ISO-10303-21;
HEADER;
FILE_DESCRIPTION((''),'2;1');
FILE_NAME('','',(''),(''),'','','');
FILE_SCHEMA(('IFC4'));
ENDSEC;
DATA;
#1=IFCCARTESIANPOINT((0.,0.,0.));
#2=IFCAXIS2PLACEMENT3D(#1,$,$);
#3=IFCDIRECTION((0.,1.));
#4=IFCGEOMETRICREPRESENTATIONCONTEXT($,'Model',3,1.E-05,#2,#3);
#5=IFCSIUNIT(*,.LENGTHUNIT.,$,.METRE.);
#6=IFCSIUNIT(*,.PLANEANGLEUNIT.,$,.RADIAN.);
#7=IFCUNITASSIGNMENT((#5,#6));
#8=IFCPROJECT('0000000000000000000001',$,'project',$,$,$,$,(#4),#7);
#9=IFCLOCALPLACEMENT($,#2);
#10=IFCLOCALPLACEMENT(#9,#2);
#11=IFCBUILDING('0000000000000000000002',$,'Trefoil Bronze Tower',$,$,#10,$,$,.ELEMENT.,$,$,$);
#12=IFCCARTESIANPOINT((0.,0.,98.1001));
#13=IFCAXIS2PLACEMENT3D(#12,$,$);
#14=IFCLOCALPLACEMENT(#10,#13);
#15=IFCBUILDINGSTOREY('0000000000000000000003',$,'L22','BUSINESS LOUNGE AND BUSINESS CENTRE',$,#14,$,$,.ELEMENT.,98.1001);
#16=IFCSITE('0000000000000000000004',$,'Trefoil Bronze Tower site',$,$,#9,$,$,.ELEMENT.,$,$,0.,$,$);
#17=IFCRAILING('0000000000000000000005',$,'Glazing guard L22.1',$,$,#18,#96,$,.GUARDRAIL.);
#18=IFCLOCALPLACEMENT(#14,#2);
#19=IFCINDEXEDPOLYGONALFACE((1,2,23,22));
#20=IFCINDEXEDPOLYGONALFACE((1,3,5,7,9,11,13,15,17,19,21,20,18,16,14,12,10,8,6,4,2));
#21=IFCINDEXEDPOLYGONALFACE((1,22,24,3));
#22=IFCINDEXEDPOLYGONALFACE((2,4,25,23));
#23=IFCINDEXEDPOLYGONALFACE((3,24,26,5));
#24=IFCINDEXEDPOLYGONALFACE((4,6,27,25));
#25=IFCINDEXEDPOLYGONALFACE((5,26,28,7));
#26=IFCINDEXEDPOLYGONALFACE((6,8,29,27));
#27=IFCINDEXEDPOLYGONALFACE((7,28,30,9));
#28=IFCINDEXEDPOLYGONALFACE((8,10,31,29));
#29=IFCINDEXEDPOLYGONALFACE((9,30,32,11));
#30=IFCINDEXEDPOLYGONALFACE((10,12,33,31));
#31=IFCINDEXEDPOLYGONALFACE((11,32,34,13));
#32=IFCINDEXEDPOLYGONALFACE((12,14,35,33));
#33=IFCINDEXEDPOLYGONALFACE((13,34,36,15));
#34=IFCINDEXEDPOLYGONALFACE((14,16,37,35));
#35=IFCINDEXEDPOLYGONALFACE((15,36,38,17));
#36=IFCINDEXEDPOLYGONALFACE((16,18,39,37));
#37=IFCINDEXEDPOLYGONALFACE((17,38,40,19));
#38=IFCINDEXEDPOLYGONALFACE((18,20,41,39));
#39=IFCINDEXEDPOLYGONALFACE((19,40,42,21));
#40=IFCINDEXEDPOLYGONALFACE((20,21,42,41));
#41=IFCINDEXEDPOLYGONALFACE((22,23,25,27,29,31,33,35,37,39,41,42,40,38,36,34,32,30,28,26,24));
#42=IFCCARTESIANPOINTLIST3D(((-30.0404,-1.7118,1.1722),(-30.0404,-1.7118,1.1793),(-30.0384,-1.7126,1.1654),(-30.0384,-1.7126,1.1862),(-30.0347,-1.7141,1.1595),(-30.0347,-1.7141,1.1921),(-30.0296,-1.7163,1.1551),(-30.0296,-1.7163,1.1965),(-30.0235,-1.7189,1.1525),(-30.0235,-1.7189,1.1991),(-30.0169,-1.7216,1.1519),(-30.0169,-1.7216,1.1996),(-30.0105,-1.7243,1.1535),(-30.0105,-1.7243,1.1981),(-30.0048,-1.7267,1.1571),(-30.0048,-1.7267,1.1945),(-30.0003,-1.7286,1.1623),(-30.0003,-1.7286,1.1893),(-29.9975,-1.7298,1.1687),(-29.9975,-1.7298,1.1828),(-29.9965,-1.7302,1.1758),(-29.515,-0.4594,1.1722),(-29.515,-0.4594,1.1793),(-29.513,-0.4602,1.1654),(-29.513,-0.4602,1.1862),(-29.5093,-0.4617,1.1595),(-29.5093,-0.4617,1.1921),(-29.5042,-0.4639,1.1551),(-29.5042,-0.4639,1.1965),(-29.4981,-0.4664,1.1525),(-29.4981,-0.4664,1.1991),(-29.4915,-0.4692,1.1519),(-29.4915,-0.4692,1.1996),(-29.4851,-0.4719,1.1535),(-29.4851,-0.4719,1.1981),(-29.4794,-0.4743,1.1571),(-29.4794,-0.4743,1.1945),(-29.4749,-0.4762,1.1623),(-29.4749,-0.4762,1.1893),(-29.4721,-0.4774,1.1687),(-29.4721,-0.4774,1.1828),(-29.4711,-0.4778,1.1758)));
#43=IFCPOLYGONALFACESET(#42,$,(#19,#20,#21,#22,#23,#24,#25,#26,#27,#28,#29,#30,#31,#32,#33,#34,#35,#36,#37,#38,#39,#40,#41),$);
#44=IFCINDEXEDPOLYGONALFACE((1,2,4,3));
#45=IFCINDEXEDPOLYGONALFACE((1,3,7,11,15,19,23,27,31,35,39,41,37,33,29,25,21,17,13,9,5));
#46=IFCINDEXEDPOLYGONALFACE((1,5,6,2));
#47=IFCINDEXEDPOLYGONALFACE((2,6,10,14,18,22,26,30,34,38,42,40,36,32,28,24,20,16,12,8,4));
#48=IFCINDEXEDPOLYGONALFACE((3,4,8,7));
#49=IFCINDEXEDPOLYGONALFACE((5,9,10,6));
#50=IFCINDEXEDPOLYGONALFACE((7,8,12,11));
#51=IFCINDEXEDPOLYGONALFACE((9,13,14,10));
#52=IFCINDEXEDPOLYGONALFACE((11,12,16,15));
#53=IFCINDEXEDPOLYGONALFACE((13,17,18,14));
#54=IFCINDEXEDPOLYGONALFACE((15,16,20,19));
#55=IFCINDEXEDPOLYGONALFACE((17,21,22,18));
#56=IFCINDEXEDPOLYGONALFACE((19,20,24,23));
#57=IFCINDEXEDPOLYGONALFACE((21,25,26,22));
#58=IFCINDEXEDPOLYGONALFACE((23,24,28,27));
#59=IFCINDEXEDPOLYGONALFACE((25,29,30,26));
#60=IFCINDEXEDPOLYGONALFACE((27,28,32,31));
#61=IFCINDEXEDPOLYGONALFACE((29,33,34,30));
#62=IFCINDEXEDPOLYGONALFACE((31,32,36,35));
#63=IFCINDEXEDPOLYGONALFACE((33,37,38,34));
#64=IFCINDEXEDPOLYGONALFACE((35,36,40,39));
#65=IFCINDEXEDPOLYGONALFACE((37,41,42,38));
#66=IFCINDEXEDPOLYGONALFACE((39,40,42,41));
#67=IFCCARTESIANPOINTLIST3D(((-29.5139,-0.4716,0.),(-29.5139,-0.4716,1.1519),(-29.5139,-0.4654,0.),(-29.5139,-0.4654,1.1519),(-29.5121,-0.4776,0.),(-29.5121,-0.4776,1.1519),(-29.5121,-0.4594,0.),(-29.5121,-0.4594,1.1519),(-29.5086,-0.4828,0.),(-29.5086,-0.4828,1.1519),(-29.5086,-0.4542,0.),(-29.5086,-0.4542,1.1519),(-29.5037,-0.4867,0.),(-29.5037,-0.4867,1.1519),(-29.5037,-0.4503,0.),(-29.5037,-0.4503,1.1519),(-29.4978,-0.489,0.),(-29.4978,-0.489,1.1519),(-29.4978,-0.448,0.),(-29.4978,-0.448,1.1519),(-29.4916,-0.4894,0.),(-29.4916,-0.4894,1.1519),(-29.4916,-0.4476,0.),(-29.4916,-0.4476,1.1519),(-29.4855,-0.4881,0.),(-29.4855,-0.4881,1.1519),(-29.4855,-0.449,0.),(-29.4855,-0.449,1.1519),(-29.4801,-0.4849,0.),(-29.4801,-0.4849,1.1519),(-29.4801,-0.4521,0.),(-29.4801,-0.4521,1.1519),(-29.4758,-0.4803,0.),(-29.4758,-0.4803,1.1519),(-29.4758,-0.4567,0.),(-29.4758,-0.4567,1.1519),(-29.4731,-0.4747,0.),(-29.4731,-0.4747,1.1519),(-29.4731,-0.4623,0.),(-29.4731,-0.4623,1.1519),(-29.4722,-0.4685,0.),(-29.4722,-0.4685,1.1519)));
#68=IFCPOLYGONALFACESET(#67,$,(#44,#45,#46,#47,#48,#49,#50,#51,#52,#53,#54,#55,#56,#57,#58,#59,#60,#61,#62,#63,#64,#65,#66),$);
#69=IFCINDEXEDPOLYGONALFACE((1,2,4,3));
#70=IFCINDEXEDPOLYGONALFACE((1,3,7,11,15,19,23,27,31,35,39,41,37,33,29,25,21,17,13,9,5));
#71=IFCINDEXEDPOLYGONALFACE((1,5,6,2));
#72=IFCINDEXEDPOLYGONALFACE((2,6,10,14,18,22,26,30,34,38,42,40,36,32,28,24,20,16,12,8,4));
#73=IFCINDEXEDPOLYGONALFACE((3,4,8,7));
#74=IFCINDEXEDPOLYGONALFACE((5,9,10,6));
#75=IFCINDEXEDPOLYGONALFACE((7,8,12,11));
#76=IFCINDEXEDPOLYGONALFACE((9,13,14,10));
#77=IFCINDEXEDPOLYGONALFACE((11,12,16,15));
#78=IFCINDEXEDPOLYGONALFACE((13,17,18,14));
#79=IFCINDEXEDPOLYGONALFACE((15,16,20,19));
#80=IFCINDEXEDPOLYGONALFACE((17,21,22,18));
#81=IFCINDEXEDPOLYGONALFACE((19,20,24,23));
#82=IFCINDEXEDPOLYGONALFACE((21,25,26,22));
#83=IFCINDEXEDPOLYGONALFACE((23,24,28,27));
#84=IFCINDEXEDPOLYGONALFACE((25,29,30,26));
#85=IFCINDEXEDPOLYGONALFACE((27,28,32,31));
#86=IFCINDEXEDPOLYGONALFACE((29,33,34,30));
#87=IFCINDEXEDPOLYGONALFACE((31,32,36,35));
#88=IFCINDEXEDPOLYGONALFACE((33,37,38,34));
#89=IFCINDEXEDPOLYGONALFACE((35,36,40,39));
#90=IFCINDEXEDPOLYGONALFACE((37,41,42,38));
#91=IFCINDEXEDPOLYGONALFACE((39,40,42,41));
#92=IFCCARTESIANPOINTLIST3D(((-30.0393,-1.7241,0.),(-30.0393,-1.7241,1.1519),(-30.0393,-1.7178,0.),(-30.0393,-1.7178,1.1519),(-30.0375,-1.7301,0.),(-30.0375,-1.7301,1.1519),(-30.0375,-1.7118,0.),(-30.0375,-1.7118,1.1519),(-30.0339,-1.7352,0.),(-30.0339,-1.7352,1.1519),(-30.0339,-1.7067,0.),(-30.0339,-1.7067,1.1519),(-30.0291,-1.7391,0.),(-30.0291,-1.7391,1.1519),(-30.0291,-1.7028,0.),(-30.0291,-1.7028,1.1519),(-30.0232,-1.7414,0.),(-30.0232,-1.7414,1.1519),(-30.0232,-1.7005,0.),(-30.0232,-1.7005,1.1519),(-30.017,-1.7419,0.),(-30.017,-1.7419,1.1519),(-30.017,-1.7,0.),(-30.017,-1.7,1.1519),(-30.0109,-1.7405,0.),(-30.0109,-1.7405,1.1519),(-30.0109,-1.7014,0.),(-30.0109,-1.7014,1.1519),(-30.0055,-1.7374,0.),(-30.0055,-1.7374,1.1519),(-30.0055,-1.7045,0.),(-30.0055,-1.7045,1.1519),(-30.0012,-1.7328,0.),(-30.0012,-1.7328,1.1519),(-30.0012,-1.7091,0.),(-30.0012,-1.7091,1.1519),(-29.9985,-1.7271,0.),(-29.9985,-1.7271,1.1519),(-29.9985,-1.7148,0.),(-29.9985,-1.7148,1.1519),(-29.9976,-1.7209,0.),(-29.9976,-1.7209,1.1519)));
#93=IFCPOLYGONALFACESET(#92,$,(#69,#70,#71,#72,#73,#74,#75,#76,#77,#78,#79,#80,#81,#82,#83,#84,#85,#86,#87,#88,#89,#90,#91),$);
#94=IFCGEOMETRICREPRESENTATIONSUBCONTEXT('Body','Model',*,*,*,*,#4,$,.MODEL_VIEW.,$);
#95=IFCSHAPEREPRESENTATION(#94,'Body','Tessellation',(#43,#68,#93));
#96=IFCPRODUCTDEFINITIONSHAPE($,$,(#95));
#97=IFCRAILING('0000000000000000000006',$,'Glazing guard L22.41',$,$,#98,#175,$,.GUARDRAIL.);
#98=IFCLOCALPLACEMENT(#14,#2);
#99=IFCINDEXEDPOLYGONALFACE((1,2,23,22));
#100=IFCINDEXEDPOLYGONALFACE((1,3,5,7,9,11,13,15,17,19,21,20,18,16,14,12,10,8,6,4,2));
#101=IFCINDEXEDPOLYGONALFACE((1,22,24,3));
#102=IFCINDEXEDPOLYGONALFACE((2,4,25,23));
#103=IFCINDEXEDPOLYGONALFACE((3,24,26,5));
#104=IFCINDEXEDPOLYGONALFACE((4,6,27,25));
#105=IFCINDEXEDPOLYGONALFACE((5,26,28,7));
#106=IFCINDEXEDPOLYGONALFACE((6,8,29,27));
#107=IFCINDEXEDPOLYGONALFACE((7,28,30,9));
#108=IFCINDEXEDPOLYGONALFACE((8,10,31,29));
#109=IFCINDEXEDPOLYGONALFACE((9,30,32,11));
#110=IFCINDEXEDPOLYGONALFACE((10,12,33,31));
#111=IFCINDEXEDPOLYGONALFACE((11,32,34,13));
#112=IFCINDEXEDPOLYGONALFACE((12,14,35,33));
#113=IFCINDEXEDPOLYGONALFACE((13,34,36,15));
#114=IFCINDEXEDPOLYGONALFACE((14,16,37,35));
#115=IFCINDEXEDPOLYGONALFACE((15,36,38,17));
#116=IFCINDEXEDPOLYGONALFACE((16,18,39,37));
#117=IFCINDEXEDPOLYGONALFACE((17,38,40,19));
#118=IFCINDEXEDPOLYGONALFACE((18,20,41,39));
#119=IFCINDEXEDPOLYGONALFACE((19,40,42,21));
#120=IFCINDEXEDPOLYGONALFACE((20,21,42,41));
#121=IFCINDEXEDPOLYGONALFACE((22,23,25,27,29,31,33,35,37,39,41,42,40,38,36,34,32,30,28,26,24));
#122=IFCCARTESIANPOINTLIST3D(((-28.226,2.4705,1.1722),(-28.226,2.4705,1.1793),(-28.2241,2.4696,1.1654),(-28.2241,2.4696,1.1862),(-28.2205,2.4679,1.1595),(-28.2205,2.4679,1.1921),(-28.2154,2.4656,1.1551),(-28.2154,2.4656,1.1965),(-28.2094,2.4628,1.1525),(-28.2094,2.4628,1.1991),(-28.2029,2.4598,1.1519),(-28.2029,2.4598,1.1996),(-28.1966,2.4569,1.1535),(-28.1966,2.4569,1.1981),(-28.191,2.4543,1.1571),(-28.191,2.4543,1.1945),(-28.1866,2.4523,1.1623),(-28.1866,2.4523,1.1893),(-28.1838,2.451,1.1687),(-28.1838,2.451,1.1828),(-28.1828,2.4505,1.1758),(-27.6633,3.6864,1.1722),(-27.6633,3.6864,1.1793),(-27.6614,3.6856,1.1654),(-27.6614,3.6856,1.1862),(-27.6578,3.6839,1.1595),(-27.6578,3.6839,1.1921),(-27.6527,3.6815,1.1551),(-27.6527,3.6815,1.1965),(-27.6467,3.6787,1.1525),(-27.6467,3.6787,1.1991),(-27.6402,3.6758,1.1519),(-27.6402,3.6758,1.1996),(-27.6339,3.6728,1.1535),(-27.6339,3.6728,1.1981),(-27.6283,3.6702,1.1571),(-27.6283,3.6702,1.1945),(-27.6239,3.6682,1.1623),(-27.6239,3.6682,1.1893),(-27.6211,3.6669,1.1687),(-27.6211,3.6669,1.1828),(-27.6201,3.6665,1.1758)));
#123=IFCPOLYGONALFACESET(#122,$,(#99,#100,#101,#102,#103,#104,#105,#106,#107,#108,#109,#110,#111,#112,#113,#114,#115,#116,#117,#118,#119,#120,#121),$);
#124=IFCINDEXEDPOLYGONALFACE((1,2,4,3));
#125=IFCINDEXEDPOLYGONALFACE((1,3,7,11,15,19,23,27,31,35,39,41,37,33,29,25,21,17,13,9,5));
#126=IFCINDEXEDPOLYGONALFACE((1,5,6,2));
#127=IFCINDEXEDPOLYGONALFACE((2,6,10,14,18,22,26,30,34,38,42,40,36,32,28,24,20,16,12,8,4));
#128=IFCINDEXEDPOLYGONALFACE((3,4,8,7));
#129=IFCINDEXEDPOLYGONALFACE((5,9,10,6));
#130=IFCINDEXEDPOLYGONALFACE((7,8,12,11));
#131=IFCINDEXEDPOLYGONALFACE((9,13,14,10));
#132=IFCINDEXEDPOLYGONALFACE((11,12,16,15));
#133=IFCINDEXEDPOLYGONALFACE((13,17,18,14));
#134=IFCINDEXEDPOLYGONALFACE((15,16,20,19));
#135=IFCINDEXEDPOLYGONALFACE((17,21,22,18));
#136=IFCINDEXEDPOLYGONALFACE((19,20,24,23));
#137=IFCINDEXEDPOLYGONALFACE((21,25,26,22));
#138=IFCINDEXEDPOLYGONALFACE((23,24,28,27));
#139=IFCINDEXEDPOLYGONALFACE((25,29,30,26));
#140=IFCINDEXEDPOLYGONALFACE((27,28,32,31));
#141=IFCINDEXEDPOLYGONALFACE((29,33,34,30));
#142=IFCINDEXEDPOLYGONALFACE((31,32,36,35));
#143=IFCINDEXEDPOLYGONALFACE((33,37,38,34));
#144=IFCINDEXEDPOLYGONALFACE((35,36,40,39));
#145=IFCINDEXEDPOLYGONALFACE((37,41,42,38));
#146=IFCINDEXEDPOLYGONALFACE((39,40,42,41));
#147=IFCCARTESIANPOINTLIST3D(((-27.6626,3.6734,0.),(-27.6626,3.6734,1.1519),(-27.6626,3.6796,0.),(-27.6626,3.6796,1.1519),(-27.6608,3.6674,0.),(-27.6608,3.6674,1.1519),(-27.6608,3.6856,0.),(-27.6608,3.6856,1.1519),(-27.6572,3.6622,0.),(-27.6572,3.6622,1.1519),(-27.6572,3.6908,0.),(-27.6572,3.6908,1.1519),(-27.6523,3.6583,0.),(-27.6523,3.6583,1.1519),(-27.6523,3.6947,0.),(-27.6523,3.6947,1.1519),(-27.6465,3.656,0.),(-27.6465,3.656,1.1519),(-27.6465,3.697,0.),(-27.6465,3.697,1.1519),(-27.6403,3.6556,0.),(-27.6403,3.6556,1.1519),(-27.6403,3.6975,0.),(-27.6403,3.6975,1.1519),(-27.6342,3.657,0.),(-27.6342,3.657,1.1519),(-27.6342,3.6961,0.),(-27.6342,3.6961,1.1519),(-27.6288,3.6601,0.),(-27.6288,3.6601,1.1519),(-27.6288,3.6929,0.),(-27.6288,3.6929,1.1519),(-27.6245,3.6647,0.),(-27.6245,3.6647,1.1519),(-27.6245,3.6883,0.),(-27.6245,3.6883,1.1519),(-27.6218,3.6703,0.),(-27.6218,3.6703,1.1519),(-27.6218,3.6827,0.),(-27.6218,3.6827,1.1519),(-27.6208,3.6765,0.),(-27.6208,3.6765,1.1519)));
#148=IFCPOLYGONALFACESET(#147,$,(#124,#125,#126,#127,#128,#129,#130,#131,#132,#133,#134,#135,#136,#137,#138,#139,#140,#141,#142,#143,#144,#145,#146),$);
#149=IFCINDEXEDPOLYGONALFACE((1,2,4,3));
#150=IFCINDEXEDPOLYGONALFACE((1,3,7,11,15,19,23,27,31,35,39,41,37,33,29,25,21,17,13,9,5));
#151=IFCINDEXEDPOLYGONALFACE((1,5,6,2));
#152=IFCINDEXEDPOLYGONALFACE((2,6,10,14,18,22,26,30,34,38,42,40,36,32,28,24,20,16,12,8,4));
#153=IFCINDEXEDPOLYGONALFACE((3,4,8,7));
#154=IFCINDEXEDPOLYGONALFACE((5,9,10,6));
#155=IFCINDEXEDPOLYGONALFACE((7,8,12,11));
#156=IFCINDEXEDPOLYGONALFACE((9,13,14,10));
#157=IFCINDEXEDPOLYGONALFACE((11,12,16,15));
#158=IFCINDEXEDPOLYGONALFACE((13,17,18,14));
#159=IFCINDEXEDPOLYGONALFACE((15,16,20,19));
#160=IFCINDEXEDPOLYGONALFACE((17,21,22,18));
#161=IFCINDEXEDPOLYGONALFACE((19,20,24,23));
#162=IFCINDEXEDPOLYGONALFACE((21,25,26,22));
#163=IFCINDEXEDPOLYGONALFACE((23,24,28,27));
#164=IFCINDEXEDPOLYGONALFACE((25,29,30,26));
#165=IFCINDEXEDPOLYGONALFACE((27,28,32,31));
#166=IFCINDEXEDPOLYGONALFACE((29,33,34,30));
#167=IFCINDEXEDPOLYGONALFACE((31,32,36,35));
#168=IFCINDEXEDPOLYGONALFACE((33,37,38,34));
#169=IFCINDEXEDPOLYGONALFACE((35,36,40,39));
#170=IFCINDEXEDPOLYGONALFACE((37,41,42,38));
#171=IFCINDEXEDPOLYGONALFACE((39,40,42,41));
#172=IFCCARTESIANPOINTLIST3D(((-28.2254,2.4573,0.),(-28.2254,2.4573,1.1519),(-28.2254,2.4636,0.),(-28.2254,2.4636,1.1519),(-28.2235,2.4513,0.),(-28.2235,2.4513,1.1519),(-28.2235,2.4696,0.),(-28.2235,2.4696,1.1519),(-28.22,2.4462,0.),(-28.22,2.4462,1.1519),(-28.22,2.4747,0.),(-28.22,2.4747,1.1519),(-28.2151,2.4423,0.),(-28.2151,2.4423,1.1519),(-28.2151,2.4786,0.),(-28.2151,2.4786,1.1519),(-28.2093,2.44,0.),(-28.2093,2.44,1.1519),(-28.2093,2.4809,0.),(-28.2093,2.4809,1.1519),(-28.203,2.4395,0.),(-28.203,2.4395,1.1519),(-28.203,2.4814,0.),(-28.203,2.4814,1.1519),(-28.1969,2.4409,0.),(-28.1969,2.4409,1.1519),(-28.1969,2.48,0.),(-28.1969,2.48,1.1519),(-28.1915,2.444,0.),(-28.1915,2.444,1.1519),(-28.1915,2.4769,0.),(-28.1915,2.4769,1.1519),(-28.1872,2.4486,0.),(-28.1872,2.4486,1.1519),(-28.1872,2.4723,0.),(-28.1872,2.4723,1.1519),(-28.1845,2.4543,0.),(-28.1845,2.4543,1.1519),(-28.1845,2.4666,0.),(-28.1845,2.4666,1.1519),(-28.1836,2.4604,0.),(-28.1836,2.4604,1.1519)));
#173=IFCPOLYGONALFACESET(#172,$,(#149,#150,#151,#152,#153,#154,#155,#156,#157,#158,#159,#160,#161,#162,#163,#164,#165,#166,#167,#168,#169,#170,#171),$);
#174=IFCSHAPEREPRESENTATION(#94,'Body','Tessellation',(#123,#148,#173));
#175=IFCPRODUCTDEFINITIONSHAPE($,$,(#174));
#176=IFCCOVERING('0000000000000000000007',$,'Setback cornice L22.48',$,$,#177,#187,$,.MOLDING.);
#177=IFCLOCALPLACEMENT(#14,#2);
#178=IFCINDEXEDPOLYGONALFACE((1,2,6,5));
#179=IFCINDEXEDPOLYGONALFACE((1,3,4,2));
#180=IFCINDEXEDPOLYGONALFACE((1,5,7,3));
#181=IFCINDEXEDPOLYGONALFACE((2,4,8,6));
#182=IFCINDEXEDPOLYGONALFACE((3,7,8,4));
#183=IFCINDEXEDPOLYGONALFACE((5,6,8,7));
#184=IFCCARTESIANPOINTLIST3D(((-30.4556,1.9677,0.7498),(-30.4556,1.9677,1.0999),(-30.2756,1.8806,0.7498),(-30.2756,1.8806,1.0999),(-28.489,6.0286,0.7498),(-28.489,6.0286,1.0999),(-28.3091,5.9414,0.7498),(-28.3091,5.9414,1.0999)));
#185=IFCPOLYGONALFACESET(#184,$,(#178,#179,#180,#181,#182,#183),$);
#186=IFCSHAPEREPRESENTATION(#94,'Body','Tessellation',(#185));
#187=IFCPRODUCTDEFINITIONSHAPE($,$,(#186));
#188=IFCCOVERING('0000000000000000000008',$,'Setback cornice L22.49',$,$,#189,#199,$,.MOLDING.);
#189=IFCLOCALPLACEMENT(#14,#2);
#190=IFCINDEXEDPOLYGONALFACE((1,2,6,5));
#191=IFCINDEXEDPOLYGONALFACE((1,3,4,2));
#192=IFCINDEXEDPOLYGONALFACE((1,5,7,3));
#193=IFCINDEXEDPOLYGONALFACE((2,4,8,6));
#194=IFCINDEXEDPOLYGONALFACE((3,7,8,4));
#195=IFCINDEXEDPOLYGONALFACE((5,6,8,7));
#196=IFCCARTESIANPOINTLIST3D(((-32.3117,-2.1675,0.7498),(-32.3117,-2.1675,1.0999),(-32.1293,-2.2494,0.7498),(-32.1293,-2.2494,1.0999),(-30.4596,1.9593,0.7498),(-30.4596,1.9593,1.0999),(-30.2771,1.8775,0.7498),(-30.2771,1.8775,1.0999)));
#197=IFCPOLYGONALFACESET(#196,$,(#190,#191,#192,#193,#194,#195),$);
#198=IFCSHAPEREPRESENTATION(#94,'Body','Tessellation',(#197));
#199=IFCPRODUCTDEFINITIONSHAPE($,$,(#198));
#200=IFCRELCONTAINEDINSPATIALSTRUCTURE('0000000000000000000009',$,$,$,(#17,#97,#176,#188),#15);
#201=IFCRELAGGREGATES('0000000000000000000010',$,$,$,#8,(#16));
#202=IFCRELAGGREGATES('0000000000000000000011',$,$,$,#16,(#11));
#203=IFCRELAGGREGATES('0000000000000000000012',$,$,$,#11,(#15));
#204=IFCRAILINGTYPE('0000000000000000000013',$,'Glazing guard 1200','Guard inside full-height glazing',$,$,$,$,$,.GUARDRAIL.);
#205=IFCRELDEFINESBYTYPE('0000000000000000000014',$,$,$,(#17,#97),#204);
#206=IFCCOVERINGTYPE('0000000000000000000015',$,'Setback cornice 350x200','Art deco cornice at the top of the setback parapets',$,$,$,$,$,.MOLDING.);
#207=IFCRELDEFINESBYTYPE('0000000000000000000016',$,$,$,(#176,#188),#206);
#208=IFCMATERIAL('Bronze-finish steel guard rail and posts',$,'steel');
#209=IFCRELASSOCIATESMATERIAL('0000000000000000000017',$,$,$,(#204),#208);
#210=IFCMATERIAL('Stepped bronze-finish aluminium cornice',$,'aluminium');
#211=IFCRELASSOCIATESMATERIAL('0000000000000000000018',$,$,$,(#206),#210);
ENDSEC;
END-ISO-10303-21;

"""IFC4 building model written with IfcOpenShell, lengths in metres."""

from ifc_helpers import new_model, si_unit, direction, frame, origin, origin_2d, place, context, subcontext, project, spatial, rectangle, circle, extrude, material, type_object, element, save


model = new_model("IFC4")

# Units and contexts
model_context = context("Model", 3, precision=1e-05, world=origin(), true_north=direction((0.0, 1.0)))
body_context = subcontext(model_context, "Body", "Model", "MODEL_VIEW")
ifc_project = project(units=[si_unit("LENGTHUNIT", "METRE"), si_unit("PLANEANGLEUNIT", "RADIAN")], contexts=[model_context])

# Site, building, storey
site_placement = place(None, origin())
site = spatial("IfcSite", under=ifc_project, at=site_placement, Name="Trefoil Bronze Tower site", CompositionType="ELEMENT", RefElevation=0.0)
building_placement = place(site_placement, origin())
building = spatial("IfcBuilding", under=site, at=building_placement, Name="Trefoil Bronze Tower", CompositionType="ELEMENT")
storey_placement = place(building_placement, frame((0.0, 0.0, 98.1001)))
storey = spatial("IfcBuildingStorey", under=building, at=storey_placement, Name="L22", Description="BUSINESS LOUNGE AND BUSINESS CENTRE", CompositionType="ELEMENT", Elevation=98.1001)

# Railings
ifc_material_1 = material(Name="Bronze-finish steel guard rail and posts", Category="steel")
railing_type = type_object("IfcRailingType", Name="Glazing guard 1200", Description="Guard inside full-height glazing", PredefinedType="GUARDRAIL", material=ifc_material_1)
railing_1_placement = place(storey_placement, frame((-29.4932, -0.4685, 0.0)))
element("IfcRailing", 1, at=railing_1_placement, inside=storey, type_object=railing_type, Name="Glazing guard L22.1", PredefinedType="GUARDRAIL", context=body_context, shape_type="SweptSolid", body=[
    extrude(circle(Radius=0.0239, at=origin_2d()), frame((0.0, 0.0, 1.1758), z_axis=(-0.386835, -0.922149, 0.0), x_axis=(0.922149, -0.386835, 0.0)), (0.0, 0.0, 1.0), 1.3582),
    extrude(circle(Radius=0.021, at=origin_2d()), origin(), (0.0, 0.0, 1.0), 1.1519),
    extrude(circle(Radius=0.021, at=origin_2d()), frame((-0.5254, -1.2524, 0.0)), (0.0, 0.0, 1.0), 1.1519),
])
railing_2_placement = place(storey_placement, frame((-27.6418, 3.6765, 0.0)))
element("IfcRailing", 2, at=railing_2_placement, inside=storey, type_object=railing_type, Name="Glazing guard L22.41", PredefinedType="GUARDRAIL", context=body_context, shape_type="SweptSolid", body=[
    extrude(circle(Radius=0.0239, at=origin_2d()), frame((0.0, 0.0, 1.1758), z_axis=(-0.419971, -0.907538, 0.0), x_axis=(0.907538, -0.419971, 0.0)), (0.0, 0.0, 1.0), 1.3398),
    extrude(circle(Radius=0.021, at=origin_2d()), origin(), (0.0, 0.0, 1.0), 1.1519),
    extrude(circle(Radius=0.021, at=origin_2d()), frame((-0.5627, -1.2161, 0.0)), (0.0, 0.0, 1.0), 1.1519),
])

# Coverings
ifc_material_2 = material(Name="Stepped bronze-finish aluminium cornice", Category="aluminium")
covering_type = type_object("IfcCoveringType", Name="Setback cornice 350x200", Description="Art deco cornice at the top of the setback parapets", PredefinedType="MOLDING", material=ifc_material_2)
covering_1_placement = place(storey_placement, frame((-29.3823, 3.9546, 0.7498), z_axis=(0.0, 0.0, 1.0), x_axis=(-0.435855, -0.900017, 0.0)))
element("IfcCovering", 3, at=covering_1_placement, inside=storey, type_object=covering_type, Name="Setback cornice L22.48", PredefinedType="MOLDING", context=body_context, shape_type="SweptSolid", body=[
    extrude(rectangle(XDim=4.512, YDim=0.2, at=origin_2d()), origin(), (0.0, 0.0, 1.0), 0.3501),
])
covering_2_placement = place(storey_placement, frame((-31.2944, -0.145, 0.7498), z_axis=(0.0, 0.0, 1.0), x_axis=(-0.409456, -0.91233, 0.0)))
element("IfcCovering", 4, at=covering_2_placement, inside=storey, type_object=covering_type, Name="Setback cornice L22.49", PredefinedType="MOLDING", context=body_context, shape_type="SweptSolid", body=[
    extrude(rectangle(XDim=4.5234, YDim=0.2, at=origin_2d()), origin(), (0.0, 0.0, 1.0), 0.3501),
])

save(model, "model.ifc")
